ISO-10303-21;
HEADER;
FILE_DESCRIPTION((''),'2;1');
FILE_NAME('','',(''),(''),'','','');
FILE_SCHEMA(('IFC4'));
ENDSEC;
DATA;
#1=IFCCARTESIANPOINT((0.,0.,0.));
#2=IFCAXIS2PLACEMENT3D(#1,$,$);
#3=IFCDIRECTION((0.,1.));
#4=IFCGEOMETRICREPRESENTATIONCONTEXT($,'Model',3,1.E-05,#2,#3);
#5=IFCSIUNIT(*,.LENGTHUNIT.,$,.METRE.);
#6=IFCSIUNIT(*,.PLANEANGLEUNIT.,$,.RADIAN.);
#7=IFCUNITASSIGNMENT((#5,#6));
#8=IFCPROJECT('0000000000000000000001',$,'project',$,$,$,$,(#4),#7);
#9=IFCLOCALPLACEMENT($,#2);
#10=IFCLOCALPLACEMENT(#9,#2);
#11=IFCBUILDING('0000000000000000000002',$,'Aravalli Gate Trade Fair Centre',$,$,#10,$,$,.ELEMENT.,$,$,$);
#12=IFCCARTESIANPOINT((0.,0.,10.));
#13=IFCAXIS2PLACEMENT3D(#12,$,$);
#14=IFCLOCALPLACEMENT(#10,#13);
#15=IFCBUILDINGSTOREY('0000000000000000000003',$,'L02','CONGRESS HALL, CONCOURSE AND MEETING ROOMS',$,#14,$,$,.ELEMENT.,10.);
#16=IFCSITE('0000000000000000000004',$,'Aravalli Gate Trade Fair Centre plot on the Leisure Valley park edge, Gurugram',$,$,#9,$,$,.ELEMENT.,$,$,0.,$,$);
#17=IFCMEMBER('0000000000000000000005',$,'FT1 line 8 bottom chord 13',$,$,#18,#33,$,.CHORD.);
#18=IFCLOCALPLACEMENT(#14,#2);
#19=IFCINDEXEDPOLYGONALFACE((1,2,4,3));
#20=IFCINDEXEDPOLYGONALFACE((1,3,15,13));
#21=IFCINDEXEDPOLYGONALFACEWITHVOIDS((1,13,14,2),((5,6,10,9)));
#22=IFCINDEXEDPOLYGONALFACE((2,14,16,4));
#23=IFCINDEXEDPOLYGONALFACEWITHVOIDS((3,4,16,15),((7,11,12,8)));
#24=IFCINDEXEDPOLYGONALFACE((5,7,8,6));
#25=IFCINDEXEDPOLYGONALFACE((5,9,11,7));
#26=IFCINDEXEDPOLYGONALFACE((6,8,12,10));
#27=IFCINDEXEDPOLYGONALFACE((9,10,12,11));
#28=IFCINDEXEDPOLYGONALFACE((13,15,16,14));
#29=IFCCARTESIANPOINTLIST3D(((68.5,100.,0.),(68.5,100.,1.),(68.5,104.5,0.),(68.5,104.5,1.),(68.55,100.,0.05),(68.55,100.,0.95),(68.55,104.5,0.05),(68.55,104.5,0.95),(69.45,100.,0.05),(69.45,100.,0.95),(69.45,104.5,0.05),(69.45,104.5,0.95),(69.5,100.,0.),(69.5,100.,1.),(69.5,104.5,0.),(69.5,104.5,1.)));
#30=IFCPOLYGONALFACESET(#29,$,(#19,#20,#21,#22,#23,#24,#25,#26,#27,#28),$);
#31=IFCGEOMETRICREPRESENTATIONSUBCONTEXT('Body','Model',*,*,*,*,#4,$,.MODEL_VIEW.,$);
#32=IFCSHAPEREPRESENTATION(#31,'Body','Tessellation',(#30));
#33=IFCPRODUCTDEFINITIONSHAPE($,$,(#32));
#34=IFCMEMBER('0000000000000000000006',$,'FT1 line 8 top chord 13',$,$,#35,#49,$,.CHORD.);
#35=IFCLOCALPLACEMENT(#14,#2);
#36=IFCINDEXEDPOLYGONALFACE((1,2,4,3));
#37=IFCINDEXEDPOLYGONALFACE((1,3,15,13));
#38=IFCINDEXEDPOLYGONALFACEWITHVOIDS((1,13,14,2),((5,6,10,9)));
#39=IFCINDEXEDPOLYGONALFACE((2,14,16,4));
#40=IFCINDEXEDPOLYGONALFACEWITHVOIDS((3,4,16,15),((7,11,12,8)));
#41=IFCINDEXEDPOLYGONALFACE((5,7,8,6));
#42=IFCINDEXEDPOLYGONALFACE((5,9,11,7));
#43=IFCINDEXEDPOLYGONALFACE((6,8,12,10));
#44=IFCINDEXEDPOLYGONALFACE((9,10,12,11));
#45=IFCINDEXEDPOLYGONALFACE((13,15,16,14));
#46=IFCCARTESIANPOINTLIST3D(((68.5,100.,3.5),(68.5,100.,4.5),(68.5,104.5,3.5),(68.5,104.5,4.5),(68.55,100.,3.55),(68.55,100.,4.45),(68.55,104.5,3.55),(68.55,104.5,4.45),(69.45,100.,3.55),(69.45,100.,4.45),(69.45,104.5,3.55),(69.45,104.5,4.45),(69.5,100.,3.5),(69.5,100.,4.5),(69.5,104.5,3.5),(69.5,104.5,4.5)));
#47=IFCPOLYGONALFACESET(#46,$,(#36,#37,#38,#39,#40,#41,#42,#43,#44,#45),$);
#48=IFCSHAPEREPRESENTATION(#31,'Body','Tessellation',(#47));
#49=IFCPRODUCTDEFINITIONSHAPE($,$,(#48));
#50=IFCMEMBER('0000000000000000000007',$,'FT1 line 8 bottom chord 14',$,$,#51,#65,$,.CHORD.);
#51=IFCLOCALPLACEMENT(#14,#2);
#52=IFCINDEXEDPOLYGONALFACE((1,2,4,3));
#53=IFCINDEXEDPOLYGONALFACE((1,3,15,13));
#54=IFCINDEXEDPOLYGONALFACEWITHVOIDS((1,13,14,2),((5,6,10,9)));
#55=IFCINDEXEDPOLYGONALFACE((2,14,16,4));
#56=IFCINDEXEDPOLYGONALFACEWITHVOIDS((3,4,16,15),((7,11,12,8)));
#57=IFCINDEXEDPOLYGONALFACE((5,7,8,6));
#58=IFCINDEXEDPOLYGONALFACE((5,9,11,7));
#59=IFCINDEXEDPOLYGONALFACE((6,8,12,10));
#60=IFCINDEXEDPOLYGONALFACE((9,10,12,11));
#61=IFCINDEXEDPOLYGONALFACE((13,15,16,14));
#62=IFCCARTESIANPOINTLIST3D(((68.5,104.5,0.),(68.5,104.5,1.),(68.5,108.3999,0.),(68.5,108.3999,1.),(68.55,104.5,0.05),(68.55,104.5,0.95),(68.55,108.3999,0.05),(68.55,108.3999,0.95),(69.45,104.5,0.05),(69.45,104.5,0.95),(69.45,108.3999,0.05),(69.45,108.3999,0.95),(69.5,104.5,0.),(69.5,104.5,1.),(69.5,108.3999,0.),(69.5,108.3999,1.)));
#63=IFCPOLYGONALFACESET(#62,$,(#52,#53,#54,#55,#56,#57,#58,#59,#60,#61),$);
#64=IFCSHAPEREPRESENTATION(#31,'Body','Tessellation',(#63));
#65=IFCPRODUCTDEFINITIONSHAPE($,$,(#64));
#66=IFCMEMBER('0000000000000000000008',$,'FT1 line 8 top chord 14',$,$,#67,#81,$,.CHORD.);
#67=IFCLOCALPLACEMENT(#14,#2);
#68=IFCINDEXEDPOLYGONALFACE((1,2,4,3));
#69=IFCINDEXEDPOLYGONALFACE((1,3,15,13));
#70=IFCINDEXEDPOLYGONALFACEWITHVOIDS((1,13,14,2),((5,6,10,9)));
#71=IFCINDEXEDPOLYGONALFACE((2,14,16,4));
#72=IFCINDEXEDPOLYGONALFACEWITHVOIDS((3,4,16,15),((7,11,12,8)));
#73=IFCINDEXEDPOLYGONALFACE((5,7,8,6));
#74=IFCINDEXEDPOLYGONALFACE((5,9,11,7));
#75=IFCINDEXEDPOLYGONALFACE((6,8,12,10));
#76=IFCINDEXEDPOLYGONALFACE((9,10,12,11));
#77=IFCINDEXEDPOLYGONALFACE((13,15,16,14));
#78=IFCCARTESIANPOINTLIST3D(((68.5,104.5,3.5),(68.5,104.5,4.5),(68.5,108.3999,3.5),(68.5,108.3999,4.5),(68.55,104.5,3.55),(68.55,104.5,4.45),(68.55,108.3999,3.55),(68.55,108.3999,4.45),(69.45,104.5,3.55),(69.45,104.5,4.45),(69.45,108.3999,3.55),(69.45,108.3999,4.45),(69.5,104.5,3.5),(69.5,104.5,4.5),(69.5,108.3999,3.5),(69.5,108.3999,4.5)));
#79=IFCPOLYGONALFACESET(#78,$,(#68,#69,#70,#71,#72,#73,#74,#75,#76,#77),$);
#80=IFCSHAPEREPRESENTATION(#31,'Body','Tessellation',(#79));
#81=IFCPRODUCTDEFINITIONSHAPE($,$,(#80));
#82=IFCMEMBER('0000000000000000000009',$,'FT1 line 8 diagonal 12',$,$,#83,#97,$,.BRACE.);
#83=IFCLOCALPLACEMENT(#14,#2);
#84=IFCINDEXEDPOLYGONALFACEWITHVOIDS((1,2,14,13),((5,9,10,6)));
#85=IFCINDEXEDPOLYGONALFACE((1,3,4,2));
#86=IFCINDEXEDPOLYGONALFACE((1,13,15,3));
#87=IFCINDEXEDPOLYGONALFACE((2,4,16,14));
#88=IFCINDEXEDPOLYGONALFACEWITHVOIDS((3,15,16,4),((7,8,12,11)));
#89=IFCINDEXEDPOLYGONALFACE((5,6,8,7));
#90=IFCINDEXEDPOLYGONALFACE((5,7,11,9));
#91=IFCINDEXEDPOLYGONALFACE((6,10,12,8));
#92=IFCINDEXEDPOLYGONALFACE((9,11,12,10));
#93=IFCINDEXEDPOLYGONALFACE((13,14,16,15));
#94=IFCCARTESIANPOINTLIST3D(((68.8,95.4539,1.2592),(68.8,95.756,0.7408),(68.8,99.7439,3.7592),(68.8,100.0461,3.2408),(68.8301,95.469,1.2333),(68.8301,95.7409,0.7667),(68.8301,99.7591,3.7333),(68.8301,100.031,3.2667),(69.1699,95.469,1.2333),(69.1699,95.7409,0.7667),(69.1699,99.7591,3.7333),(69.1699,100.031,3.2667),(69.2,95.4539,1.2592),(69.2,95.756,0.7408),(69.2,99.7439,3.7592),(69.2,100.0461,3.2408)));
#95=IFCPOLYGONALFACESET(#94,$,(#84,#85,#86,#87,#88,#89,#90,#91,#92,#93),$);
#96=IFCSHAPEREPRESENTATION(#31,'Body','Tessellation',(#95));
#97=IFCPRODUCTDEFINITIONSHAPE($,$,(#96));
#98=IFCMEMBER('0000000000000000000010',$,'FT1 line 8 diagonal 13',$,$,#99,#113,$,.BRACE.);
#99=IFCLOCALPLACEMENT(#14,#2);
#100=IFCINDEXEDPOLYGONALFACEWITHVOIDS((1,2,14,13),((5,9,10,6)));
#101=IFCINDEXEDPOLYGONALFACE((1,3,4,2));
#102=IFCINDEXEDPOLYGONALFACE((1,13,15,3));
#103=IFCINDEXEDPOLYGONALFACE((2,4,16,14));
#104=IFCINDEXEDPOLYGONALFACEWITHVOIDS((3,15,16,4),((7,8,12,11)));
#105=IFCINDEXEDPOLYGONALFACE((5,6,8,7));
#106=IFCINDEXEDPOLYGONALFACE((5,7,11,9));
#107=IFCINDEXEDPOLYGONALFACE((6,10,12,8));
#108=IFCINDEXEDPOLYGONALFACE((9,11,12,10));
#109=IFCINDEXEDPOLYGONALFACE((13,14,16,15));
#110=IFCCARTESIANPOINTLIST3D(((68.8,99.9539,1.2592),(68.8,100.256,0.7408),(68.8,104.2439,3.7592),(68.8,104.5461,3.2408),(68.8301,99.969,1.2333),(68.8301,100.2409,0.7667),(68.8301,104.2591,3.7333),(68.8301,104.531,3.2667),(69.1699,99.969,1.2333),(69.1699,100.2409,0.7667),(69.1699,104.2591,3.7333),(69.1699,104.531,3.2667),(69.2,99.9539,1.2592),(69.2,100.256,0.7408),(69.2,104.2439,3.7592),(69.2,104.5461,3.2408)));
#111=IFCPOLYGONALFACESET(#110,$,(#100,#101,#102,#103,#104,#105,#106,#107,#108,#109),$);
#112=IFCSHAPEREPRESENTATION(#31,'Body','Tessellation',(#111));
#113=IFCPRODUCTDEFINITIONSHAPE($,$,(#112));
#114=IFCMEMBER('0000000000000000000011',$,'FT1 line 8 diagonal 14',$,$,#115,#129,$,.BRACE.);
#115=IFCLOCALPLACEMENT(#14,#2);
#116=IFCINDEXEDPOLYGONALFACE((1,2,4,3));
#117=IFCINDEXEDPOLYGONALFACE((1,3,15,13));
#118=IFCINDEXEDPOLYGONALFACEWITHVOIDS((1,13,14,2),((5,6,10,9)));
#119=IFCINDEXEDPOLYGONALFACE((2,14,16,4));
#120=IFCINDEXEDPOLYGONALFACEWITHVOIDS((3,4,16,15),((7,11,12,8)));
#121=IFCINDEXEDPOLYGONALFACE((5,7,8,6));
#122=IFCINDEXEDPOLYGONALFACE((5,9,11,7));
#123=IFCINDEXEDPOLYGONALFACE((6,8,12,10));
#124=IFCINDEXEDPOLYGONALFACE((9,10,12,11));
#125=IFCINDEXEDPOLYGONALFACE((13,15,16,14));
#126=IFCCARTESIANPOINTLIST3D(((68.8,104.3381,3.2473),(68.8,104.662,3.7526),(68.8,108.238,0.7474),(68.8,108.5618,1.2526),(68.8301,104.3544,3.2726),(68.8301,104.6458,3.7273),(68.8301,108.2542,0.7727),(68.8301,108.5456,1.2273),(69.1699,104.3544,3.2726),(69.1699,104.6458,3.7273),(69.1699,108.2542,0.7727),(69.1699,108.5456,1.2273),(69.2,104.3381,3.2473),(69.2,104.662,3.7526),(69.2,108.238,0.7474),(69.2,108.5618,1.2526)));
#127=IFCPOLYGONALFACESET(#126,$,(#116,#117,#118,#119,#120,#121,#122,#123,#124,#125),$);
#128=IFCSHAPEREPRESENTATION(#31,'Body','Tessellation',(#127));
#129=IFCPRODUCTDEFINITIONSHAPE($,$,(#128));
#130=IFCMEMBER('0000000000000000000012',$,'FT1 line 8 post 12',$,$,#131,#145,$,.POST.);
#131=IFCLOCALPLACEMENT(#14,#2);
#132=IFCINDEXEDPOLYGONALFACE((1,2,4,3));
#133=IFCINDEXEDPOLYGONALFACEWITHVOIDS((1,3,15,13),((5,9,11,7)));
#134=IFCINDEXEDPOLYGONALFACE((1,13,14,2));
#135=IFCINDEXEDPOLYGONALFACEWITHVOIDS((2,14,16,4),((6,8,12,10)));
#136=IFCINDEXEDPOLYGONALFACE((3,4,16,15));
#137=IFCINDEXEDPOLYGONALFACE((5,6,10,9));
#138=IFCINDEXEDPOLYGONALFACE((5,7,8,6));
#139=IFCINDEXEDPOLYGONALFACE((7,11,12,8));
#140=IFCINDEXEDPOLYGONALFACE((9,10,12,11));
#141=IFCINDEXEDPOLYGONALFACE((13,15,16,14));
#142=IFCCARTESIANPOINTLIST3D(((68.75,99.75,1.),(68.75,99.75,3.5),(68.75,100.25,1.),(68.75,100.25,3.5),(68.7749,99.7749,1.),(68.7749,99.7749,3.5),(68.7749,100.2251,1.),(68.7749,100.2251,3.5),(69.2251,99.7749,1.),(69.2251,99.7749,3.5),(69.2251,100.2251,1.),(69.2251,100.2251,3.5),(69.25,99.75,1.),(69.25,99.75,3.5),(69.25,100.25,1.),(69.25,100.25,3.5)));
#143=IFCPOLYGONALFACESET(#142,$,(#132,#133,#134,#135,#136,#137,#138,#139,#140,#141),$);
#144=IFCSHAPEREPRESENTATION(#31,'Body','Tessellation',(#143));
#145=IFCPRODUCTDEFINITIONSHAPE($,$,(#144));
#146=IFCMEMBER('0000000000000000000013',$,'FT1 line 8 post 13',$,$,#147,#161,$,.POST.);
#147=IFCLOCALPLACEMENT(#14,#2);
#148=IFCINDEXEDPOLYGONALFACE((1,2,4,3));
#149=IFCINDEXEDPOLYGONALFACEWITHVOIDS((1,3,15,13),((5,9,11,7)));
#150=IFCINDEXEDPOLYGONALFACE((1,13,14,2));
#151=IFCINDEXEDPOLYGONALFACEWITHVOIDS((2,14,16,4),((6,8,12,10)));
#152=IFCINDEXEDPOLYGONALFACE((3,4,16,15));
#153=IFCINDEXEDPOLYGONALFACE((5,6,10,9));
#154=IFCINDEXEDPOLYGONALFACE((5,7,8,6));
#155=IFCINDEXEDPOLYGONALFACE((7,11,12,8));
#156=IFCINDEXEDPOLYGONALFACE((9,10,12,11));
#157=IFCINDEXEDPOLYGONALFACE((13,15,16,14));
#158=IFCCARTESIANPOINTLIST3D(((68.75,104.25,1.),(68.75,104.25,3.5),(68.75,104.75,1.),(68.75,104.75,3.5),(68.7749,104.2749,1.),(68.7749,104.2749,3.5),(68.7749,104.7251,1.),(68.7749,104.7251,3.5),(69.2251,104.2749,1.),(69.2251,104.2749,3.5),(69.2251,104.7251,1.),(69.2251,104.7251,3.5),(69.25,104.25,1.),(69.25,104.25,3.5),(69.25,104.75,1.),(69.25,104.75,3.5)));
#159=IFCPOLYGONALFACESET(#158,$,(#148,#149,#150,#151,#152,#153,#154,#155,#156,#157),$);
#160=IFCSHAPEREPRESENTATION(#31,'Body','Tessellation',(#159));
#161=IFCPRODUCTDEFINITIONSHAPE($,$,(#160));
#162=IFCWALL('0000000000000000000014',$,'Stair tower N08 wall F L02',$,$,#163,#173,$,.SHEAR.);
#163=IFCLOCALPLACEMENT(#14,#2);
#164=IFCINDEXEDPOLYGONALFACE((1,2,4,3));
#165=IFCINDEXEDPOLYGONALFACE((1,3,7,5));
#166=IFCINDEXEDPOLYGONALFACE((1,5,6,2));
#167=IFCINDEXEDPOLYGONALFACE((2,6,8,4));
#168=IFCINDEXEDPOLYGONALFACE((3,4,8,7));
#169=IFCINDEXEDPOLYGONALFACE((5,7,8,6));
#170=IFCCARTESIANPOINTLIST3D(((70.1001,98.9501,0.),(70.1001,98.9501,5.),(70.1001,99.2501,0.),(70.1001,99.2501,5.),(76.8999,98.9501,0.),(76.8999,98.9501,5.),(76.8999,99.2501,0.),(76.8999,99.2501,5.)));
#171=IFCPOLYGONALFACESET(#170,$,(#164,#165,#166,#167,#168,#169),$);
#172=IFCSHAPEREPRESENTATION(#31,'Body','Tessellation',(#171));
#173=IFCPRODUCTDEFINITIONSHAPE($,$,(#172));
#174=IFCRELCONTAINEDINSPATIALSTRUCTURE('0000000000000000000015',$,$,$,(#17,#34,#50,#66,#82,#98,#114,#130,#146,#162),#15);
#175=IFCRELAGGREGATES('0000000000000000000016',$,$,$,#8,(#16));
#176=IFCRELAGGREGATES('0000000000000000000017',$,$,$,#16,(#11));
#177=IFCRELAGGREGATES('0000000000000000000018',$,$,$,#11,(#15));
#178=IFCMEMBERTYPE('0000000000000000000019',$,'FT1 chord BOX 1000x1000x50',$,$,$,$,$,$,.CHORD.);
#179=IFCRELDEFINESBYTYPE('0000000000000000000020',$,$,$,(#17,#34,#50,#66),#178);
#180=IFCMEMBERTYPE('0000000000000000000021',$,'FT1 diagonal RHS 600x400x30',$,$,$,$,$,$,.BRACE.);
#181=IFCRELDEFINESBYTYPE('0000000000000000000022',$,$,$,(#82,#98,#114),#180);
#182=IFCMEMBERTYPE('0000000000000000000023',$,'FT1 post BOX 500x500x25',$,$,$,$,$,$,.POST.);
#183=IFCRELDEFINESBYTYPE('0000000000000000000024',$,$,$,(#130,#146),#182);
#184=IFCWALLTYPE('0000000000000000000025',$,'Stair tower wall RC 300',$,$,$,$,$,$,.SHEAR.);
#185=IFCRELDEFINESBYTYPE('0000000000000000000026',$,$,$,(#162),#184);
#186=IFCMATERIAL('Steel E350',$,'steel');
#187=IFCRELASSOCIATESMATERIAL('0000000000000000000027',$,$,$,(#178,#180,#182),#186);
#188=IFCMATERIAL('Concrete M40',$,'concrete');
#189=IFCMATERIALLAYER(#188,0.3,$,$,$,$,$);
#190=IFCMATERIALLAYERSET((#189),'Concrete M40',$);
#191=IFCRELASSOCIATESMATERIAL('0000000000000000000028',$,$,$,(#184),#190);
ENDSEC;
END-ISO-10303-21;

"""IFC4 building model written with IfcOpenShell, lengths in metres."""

from ifc_helpers import new_model, si_unit, direction, frame, frame_2d, origin, origin_2d, place, context, subcontext, project, spatial, rectangle, hollow_rectangle, extrude, material, layer, layer_set, material_profile, profile_set, type_object, element, save


model = new_model("IFC4")

# Units and contexts
model_context = context("Model", 3, precision=1e-05, world=origin(), true_north=direction((0.0, 1.0)))
body_context = subcontext(model_context, "Body", "Model", "MODEL_VIEW")
ifc_project = project(units=[si_unit("LENGTHUNIT", "METRE"), si_unit("PLANEANGLEUNIT", "RADIAN")], contexts=[model_context])

# Site, building, storey
site_placement = place(None, origin())
site = spatial("IfcSite", under=ifc_project, at=site_placement, Name="Aravalli Gate Trade Fair Centre plot on the Leisure Valley park edge, Gurugram", CompositionType="ELEMENT", RefElevation=0.0)
building_placement = place(site_placement, origin())
building = spatial("IfcBuilding", under=site, at=building_placement, Name="Aravalli Gate Trade Fair Centre", CompositionType="ELEMENT")
storey_placement = place(building_placement, frame((0.0, 0.0, 10.0)))
storey = spatial("IfcBuildingStorey", under=building, at=storey_placement, Name="L02", Description="CONGRESS HALL, CONCOURSE AND MEETING ROOMS", CompositionType="ELEMENT", Elevation=10.0)

# Members
ifc_material_1 = material(Name="Steel E350", Category="steel")
ifc_material_profile_1 = material_profile(ifc_material_1, hollow_rectangle(XDim=1.0, YDim=1.0, WallThickness=0.05, at=origin_2d()), Name="BOX 1000x1000x50")
ifc_profile_set_1 = profile_set([ifc_material_profile_1], Name="Steel E350")
member_type_1 = type_object("IfcMemberType", Name="FT1 chord BOX 1000x1000x50", PredefinedType="CHORD", material=ifc_profile_set_1)
for number, where, z_axis, x_axis, name in (
    (1, (69.0, 100.0, 0.5), (0.0, 1.0, 0.0), (-1.0, 0.0, 0.0), "FT1 line 8 bottom chord 13"),
    (2, (69.0, 100.0, 4.0), (0.0, 1.0, 0.0), (-1.0, 0.0, 0.0), "FT1 line 8 top chord 13"),
):
    element("IfcMember", number, at=place(storey_placement, frame(where, z_axis=z_axis, x_axis=x_axis)), inside=storey, type_object=member_type_1, Name=name, PredefinedType="CHORD", context=body_context, shape_type="SweptSolid", body=[
        extrude(hollow_rectangle(XDim=1.0, YDim=1.0, WallThickness=0.05, at=origin_2d()), origin(), (0.0, 0.0, 1.0), 4.5),
    ])
for number, where, z_axis, x_axis, name in (
    (3, (69.0, 104.5, 0.5), (0.0, 1.0, 0.0), (-1.0, 0.0, 0.0), "FT1 line 8 bottom chord 14"),
    (4, (69.0, 104.5, 4.0), (0.0, 1.0, 0.0), (-1.0, 0.0, 0.0), "FT1 line 8 top chord 14"),
):
    element("IfcMember", number, at=place(storey_placement, frame(where, z_axis=z_axis, x_axis=x_axis)), inside=storey, type_object=member_type_1, Name=name, PredefinedType="CHORD", context=body_context, shape_type="SweptSolid", body=[
        extrude(hollow_rectangle(XDim=1.0, YDim=1.0, WallThickness=0.05, at=origin_2d()), origin(), (0.0, 0.0, 1.0), 3.8999),
    ])
ifc_material_profile_2 = material_profile(ifc_material_1, hollow_rectangle(XDim=0.3999, YDim=0.6001, WallThickness=0.03, at=origin_2d()), Name="RHS 600x400x30")
ifc_profile_set_2 = profile_set([ifc_material_profile_2], Name="Steel E350")
member_type_2 = type_object("IfcMemberType", Name="FT1 diagonal RHS 600x400x30", PredefinedType="BRACE", material=ifc_profile_set_2)
for number, where, z_axis, x_axis, name in (
    (5, (69.0, 99.895, 3.5), (0.0, -0.864, -0.503492), (1.0, 0.0, 0.0), "FT1 line 8 diagonal 12"),
    (6, (69.0, 104.395, 3.5), (0.0, -0.864, -0.503492), (1.0, 0.0, 0.0), "FT1 line 8 diagonal 13"),
):
    element("IfcMember", number, at=place(storey_placement, frame(where, z_axis=z_axis, x_axis=x_axis)), inside=storey, type_object=member_type_2, Name=name, PredefinedType="BRACE", context=body_context, shape_type="SweptSolid", body=[
        extrude(hollow_rectangle(XDim=0.3999, YDim=0.6001, WallThickness=0.03, at=origin_2d()), origin(), (0.0, 0.0, 1.0), 4.9653),
    ])
member_placement = place(storey_placement, frame((69.0, 108.3999, 1.0), z_axis=(0.0, -0.841873, 0.539676), x_axis=(1.0, 0.0, 0.0)))
element("IfcMember", 7, at=member_placement, inside=storey, type_object=member_type_2, Name="FT1 line 8 diagonal 14", PredefinedType="BRACE", context=body_context, shape_type="SweptSolid", body=[
    extrude(hollow_rectangle(XDim=0.3999, YDim=0.6001, WallThickness=0.03, at=origin_2d()), origin(), (0.0, 0.0, 1.0), 4.6323),
])
ifc_material_profile_3 = material_profile(ifc_material_1, hollow_rectangle(XDim=0.5, YDim=0.5, WallThickness=0.0249, at=origin_2d()), Name="BOX 500x500x25")
ifc_profile_set_3 = profile_set([ifc_material_profile_3], Name="Steel E350")
member_type_3 = type_object("IfcMemberType", Name="FT1 post BOX 500x500x25", PredefinedType="POST", material=ifc_profile_set_3)
for number, where, z_axis, x_axis, name in (
    (8, (69.0, 100.0, 1.0), (0.0, 0.0, 1.0), (1.0, 0.0, 0.0), "FT1 line 8 post 12"),
    (9, (69.0, 104.5, 1.0), (0.0, 0.0, 1.0), (1.0, 0.0, 0.0), "FT1 line 8 post 13"),
):
    element("IfcMember", number, at=place(storey_placement, frame(where, z_axis=z_axis, x_axis=x_axis)), inside=storey, type_object=member_type_3, Name=name, PredefinedType="POST", context=body_context, shape_type="SweptSolid", body=[
        extrude(hollow_rectangle(XDim=0.5, YDim=0.5, WallThickness=0.0249, at=origin_2d()), origin(), (0.0, 0.0, 1.0), 2.5),
    ])

# Wall
ifc_material_2 = material(Name="Concrete M40", Category="concrete")
ifc_layer_1 = layer(ifc_material_2, 0.3)
ifc_layer_set_1 = layer_set([ifc_layer_1], Name="Concrete M40")
wall_type = type_object("IfcWallType", Name="Stair tower wall RC 300", PredefinedType="SHEAR", material=ifc_layer_set_1)
wall_placement = place(storey_placement, frame((70.1001, 99.1001, 0.0), z_axis=(0.0, 0.0, 1.0), x_axis=(1.0, 0.0, 0.0)))
element("IfcWall", 10, at=wall_placement, inside=storey, type_object=wall_type, Name="Stair tower N08 wall F L02", PredefinedType="SHEAR", context=body_context, shape_type="SweptSolid", body=[
    extrude(rectangle(XDim=6.7998, YDim=0.3, at=frame_2d((3.3999, 0.0))), origin(), (0.0, 0.0, 1.0), 5.0),
])

save(model, "model.ifc")
